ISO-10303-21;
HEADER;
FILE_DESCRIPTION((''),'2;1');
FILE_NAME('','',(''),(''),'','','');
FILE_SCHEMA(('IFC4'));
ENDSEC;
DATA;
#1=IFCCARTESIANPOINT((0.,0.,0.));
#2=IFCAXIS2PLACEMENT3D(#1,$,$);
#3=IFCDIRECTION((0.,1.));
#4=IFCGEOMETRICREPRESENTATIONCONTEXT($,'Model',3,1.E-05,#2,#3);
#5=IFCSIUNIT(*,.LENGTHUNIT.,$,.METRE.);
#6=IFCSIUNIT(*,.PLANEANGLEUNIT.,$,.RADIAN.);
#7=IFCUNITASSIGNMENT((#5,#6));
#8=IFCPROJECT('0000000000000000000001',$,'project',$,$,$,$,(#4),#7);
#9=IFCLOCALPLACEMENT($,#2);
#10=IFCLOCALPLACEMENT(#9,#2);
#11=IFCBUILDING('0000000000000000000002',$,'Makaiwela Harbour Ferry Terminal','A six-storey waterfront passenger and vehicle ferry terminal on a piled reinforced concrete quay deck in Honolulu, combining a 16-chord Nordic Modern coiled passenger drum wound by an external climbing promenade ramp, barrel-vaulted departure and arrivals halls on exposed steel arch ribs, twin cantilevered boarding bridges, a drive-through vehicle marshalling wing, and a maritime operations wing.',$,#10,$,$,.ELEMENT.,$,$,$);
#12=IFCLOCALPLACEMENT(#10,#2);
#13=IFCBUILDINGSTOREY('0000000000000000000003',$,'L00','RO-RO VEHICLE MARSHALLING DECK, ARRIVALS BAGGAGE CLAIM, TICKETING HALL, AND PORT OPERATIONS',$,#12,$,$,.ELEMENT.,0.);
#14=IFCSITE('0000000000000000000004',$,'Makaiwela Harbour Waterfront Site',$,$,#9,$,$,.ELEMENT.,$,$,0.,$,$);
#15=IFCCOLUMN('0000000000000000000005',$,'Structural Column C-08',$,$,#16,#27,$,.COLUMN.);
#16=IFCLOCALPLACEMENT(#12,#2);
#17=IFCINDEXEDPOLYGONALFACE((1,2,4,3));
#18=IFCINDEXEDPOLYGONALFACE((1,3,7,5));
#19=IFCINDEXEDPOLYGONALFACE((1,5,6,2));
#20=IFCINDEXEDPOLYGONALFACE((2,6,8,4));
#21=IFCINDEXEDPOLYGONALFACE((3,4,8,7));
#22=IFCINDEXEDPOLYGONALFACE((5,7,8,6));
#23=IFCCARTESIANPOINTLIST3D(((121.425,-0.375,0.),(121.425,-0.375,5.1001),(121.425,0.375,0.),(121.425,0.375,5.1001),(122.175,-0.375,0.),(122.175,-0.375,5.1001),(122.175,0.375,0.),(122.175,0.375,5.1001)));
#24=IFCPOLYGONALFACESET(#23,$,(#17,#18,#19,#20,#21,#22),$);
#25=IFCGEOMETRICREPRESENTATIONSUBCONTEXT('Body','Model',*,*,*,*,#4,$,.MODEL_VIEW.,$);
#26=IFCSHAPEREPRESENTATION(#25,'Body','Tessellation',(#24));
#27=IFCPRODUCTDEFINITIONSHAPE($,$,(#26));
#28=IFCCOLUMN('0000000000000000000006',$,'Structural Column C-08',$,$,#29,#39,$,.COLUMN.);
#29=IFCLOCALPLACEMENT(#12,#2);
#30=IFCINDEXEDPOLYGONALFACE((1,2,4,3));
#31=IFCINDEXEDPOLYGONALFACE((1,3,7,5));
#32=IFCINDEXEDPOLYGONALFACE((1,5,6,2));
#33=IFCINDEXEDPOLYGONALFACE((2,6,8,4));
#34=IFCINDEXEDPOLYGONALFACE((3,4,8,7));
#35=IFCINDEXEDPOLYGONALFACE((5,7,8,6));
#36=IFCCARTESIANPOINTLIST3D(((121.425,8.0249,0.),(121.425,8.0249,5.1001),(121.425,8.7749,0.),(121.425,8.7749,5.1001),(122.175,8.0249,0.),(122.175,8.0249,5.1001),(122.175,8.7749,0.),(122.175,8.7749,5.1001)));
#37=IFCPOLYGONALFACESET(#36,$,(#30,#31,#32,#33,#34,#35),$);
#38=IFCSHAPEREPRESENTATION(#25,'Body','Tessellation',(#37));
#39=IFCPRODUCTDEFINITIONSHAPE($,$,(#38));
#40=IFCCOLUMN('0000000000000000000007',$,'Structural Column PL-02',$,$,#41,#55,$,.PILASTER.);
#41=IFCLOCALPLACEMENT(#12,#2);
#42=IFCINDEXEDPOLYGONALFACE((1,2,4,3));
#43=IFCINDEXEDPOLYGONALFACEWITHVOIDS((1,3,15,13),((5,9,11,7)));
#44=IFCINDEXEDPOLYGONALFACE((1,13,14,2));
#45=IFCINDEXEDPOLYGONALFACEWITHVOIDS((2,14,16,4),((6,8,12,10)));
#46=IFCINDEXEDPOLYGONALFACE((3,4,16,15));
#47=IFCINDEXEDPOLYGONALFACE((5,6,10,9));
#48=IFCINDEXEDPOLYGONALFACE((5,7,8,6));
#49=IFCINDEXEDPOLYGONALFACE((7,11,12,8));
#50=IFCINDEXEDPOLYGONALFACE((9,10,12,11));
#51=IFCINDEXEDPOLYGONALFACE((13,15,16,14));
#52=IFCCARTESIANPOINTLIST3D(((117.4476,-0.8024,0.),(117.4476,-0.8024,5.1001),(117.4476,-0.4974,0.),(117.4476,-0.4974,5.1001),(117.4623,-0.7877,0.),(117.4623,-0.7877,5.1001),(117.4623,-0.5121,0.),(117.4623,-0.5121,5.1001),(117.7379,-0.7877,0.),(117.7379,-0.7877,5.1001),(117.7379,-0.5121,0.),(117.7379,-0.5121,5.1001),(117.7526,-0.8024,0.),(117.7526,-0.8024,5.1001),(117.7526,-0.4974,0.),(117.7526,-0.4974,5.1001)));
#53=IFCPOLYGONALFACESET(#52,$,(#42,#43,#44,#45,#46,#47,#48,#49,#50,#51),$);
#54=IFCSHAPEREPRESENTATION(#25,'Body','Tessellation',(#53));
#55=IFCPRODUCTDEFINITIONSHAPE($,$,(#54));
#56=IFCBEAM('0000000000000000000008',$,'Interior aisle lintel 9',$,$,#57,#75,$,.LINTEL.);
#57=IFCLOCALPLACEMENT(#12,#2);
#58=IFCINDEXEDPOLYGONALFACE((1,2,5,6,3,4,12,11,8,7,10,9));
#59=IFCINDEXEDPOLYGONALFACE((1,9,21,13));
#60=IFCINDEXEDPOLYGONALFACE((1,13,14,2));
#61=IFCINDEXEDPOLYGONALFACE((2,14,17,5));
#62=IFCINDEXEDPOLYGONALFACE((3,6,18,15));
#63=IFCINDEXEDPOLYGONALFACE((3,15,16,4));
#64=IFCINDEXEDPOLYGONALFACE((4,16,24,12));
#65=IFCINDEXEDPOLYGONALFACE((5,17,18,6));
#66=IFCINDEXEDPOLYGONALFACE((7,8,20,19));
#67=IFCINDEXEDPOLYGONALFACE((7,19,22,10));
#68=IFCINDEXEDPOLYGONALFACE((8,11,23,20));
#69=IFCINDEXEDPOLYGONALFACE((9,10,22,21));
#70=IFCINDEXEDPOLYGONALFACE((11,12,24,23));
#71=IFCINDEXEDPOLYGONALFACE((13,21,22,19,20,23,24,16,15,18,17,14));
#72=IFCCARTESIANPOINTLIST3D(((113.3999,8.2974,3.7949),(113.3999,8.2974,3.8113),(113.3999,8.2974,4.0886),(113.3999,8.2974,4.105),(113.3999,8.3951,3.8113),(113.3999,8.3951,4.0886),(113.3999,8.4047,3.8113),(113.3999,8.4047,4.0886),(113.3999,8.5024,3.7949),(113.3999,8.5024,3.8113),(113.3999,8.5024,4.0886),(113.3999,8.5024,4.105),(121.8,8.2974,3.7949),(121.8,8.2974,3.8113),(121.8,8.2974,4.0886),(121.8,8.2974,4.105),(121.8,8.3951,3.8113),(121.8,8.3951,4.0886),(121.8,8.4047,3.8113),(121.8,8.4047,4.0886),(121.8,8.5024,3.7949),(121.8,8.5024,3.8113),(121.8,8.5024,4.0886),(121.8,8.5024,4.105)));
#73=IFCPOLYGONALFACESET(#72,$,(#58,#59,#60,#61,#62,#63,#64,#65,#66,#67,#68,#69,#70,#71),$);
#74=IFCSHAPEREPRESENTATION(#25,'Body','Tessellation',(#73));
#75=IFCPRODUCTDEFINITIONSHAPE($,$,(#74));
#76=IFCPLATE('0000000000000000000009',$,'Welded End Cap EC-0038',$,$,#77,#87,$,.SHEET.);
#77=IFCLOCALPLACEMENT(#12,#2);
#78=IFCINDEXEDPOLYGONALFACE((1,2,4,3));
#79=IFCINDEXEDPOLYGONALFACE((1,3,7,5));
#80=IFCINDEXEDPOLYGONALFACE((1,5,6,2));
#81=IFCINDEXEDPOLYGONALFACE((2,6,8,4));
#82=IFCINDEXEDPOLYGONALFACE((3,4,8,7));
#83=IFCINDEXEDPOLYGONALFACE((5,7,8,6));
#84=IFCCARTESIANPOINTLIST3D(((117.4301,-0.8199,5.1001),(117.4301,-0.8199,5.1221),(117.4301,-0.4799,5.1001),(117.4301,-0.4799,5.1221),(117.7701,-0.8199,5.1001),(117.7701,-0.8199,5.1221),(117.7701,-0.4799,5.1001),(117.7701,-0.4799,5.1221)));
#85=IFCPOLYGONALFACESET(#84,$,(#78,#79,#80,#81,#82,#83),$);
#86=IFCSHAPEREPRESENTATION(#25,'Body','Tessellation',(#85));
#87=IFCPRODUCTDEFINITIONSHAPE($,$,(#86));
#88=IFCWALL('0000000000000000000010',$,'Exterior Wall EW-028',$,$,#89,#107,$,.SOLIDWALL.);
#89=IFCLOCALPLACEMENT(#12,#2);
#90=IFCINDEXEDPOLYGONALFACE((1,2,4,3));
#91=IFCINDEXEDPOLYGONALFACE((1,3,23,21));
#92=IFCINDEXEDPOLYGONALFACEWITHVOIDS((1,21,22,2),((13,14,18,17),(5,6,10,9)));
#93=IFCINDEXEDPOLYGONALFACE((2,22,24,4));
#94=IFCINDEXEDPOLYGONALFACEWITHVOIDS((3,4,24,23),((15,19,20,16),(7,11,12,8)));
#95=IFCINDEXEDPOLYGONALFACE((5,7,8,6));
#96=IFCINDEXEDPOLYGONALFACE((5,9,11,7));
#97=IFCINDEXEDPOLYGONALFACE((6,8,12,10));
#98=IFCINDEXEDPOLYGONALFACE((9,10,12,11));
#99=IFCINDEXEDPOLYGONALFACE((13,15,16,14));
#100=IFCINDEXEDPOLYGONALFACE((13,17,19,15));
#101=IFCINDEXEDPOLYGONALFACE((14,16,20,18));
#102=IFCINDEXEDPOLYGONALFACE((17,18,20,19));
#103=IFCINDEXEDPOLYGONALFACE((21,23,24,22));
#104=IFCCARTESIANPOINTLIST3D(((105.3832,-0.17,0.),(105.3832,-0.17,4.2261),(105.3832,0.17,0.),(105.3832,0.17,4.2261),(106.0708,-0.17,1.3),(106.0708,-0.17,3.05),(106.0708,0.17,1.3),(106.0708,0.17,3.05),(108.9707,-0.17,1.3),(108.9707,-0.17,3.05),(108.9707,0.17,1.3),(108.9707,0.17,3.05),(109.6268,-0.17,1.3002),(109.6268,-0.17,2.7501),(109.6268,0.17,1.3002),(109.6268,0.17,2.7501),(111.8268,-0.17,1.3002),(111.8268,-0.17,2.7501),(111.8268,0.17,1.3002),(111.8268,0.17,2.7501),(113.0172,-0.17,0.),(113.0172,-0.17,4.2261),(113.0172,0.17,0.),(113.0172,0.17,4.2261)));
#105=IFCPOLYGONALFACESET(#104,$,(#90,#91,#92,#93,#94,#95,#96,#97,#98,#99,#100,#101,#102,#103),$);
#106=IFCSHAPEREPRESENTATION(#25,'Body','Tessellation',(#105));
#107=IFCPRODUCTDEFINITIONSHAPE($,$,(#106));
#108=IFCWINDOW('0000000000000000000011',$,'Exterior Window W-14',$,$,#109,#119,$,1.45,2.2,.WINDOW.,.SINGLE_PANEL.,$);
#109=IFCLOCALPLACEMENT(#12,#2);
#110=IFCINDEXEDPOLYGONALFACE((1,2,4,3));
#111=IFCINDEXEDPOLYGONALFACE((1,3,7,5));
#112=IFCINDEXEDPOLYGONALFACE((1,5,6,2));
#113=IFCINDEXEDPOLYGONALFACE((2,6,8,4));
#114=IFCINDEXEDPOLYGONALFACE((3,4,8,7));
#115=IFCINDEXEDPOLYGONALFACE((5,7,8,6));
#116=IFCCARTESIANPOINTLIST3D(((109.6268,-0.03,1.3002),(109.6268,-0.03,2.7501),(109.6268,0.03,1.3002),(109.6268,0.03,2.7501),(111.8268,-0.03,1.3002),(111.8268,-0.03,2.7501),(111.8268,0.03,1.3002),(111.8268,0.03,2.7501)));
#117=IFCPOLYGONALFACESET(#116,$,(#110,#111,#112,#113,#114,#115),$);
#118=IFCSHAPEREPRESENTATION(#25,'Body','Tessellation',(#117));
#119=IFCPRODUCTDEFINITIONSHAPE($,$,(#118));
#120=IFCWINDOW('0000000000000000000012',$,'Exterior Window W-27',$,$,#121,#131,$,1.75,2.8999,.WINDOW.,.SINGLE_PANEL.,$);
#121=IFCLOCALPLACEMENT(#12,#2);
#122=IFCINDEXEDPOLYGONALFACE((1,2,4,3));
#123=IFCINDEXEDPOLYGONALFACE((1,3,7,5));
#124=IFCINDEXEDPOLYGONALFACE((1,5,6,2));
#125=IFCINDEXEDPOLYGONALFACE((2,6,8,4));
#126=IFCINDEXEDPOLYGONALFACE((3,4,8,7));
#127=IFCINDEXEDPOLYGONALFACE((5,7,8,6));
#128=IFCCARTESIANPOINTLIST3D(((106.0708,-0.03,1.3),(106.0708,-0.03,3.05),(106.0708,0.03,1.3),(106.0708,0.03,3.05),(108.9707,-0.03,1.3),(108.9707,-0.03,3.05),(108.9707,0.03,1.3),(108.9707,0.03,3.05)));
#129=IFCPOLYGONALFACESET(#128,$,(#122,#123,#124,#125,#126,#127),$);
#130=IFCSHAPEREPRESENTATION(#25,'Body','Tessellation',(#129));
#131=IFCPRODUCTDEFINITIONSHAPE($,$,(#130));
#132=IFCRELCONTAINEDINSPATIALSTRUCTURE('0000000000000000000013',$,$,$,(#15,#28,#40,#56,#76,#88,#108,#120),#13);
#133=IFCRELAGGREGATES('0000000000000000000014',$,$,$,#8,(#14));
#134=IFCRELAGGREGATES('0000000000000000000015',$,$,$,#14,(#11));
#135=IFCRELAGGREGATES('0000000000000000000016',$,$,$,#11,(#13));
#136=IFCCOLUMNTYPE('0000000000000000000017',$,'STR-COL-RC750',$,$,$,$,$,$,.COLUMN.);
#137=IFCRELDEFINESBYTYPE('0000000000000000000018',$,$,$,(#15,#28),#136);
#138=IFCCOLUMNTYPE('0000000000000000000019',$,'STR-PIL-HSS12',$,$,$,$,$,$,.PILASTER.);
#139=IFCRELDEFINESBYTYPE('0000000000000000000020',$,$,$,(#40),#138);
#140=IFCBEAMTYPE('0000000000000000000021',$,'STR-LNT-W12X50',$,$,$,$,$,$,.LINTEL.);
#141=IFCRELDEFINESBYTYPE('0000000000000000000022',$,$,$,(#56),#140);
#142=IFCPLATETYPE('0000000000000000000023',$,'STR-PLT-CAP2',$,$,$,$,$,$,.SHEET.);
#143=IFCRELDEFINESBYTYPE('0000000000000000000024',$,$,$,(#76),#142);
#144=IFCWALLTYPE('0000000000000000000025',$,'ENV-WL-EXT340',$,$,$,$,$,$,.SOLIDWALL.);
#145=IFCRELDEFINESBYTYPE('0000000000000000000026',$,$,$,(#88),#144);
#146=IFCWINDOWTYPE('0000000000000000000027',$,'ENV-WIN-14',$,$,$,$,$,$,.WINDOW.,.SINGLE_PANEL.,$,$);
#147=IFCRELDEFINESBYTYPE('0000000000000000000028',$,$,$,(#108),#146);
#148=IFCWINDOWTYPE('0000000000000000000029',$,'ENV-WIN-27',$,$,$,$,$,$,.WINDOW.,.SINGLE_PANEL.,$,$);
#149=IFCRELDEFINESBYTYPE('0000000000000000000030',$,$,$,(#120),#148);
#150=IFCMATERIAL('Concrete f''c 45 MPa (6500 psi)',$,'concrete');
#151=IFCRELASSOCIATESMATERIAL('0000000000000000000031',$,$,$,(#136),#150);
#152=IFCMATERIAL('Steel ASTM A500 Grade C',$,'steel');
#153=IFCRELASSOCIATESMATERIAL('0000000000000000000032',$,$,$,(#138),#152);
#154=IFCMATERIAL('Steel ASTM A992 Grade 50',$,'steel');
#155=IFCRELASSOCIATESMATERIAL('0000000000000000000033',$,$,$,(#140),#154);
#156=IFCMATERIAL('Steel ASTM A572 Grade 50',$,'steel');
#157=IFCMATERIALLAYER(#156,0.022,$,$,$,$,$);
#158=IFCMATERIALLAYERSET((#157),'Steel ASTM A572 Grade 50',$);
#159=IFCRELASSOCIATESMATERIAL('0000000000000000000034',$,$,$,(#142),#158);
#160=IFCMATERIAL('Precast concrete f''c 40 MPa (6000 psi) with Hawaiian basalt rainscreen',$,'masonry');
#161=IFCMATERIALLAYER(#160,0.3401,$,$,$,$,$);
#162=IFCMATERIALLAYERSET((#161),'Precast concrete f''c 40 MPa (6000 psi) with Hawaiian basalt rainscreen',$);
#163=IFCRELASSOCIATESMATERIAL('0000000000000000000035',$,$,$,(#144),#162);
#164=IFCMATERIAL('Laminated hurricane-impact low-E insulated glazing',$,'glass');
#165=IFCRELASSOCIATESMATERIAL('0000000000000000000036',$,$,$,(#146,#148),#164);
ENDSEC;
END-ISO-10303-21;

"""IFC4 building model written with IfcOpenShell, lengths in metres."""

from ifc_helpers import new_model, si_unit, direction, frame, frame_2d, origin, origin_2d, place, context, subcontext, project, spatial, rectangle, hollow_rectangle, i_section, extrude, material, layer, layer_set, material_profile, profile_set, type_object, element, fill, save


model = new_model("IFC4")

# Units and contexts
model_context = context("Model", 3, precision=1e-05, world=origin(), true_north=direction((0.0, 1.0)))
body_context = subcontext(model_context, "Body", "Model", "MODEL_VIEW")
ifc_project = project(units=[si_unit("LENGTHUNIT", "METRE"), si_unit("PLANEANGLEUNIT", "RADIAN")], contexts=[model_context])

# Site, building, storey
site_placement = place(None, origin())
site = spatial("IfcSite", under=ifc_project, at=site_placement, Name="Makaiwela Harbour Waterfront Site", CompositionType="ELEMENT", RefElevation=0.0)
building_placement = place(site_placement, origin())
building = spatial("IfcBuilding", under=site, at=building_placement, Name="Makaiwela Harbour Ferry Terminal", Description="A six-storey waterfront passenger and vehicle ferry terminal on a piled reinforced concrete quay deck in Honolulu, combining a 16-chord Nordic Modern coiled passenger drum wound by an external climbing promenade ramp, barrel-vaulted departure and arrivals halls on exposed steel arch ribs, twin cantilevered boarding bridges, a drive-through vehicle marshalling wing, and a maritime operations wing.", CompositionType="ELEMENT")
storey_placement = place(building_placement, origin())
storey = spatial("IfcBuildingStorey", under=building, at=storey_placement, Name="L00", Description="RO-RO VEHICLE MARSHALLING DECK, ARRIVALS BAGGAGE CLAIM, TICKETING HALL, AND PORT OPERATIONS", CompositionType="ELEMENT", Elevation=0.0)

# Shared definitions
ifc_material_1 = material(Name="Concrete f'c 45 MPa (6500 psi)", Category="concrete")

# Columns
ifc_material_profile_1 = material_profile(ifc_material_1, rectangle(XDim=0.75, YDim=0.75, at=origin_2d()), Name="RC-750X750")
ifc_profile_set_1 = profile_set([ifc_material_profile_1], Name="Concrete f'c 45 MPa (6500 psi)")
column_type_1 = type_object("IfcColumnType", Name="STR-COL-RC750", PredefinedType="COLUMN", material=ifc_profile_set_1)
for number, where, z_axis, x_axis, name in (
    (1, (121.8, 0.0, 0.0), (0.0, 0.0, 1.0), (1.0, 0.0, 0.0), "Structural Column C-08"),
    (2, (121.8, 8.3999, 0.0), (0.0, 0.0, 1.0), (1.0, 0.0, 0.0), "Structural Column C-08"),
):
    element("IfcColumn", number, at=place(storey_placement, frame(where, z_axis=z_axis, x_axis=x_axis)), inside=storey, type_object=column_type_1, Name=name, PredefinedType="COLUMN", context=body_context, shape_type="SweptSolid", body=[
        extrude(rectangle(XDim=0.75, YDim=0.75, at=origin_2d()), origin(), (0.0, 0.0, 1.0), 5.1001),
    ])
ifc_material_2 = material(Name="Steel ASTM A500 Grade C", Category="steel")
ifc_material_profile_2 = material_profile(ifc_material_2, hollow_rectangle(XDim=0.3049, YDim=0.3049, WallThickness=0.0146, at=origin_2d()), Name="HSS12X12X5/8")
ifc_profile_set_2 = profile_set([ifc_material_profile_2], Name="Steel ASTM A500 Grade C")
column_type_2 = type_object("IfcColumnType", Name="STR-PIL-HSS12", PredefinedType="PILASTER", material=ifc_profile_set_2)
column_placement = place(storey_placement, frame((117.6001, -0.6499, 0.0), z_axis=(0.0, 0.0, 1.0), x_axis=(1.0, 0.0, 0.0)))
element("IfcColumn", 3, at=column_placement, inside=storey, type_object=column_type_2, Name="Structural Column PL-02", PredefinedType="PILASTER", context=body_context, shape_type="SweptSolid", body=[
    extrude(hollow_rectangle(XDim=0.3049, YDim=0.3049, WallThickness=0.0146, at=origin_2d()), origin(), (0.0, 0.0, 1.0), 5.1001),
])

# Beam
ifc_material_3 = material(Name="Steel ASTM A992 Grade 50", Category="steel")
ifc_material_profile_3 = material_profile(ifc_material_3, i_section(OverallWidth=0.2051, OverallDepth=0.3101, WebThickness=0.0095, FlangeThickness=0.0164, at=origin_2d()), Name="W12X50")
ifc_profile_set_3 = profile_set([ifc_material_profile_3], Name="Steel ASTM A992 Grade 50")
beam_type = type_object("IfcBeamType", Name="STR-LNT-W12X50", PredefinedType="LINTEL", material=ifc_profile_set_3)
beam_placement = place(storey_placement, frame((113.3999, 8.3999, 3.95), z_axis=(1.0, 0.0, 0.0), x_axis=(0.0, 1.0, 0.0)))
element("IfcBeam", 4, at=beam_placement, inside=storey, type_object=beam_type, Name="Interior aisle lintel 9", PredefinedType="LINTEL", context=body_context, shape_type="SweptSolid", body=[
    extrude(i_section(OverallWidth=0.2051, OverallDepth=0.3101, WebThickness=0.0095, FlangeThickness=0.0164, at=origin_2d()), origin(), (0.0, 0.0, 1.0), 8.4001),
])

# Plate
ifc_material_4 = material(Name="Steel ASTM A572 Grade 50", Category="steel")
ifc_layer_1 = layer(ifc_material_4, 0.022)
ifc_layer_set_1 = layer_set([ifc_layer_1], Name="Steel ASTM A572 Grade 50")
plate_type = type_object("IfcPlateType", Name="STR-PLT-CAP2", PredefinedType="SHEET", material=ifc_layer_set_1)
plate_placement = place(storey_placement, frame((117.6001, -0.6499, 5.1001), z_axis=(0.0, 0.0, 1.0), x_axis=(1.0, 0.0, 0.0)))
element("IfcPlate", 5, at=plate_placement, inside=storey, type_object=plate_type, Name="Welded End Cap EC-0038", PredefinedType="SHEET", context=body_context, shape_type="SweptSolid", body=[
    extrude(rectangle(XDim=0.3401, YDim=0.3401, at=origin_2d()), origin(), (0.0, 0.0, 1.0), 0.022),
])

# Wall, openings, windows
ifc_material_5 = material(Name="Precast concrete f'c 40 MPa (6000 psi) with Hawaiian basalt rainscreen", Category="masonry")
ifc_layer_2 = layer(ifc_material_5, 0.3401)
ifc_layer_set_2 = layer_set([ifc_layer_2], Name="Precast concrete f'c 40 MPa (6000 psi) with Hawaiian basalt rainscreen")
wall_type_1 = type_object("IfcWallType", Name="ENV-WL-EXT340", PredefinedType="SOLIDWALL", material=ifc_layer_set_2)
wall_1_placement = place(storey_placement, frame((113.0171, 0.0, 0.0), z_axis=(0.0, 0.0, 1.0), x_axis=(-1.0, 0.0, 0.0)))
wall_1 = element("IfcWall", 6, at=wall_1_placement, inside=storey, type_object=wall_type_1, Name="Exterior Wall EW-028", PredefinedType="SOLIDWALL", context=body_context, shape_type="SweptSolid", body=[
    extrude(rectangle(XDim=7.634, YDim=0.3401, at=frame_2d((3.8169, 0.0))), origin(), (0.0, 0.0, 1.0), 4.2261),
])
opening_1_placement = place(wall_1_placement, frame((1.1902, 0.0, 1.3)))
opening_1 = element("IfcOpeningElement", 7, at=opening_1_placement, cuts=wall_1, PredefinedType="OPENING", context=body_context, shape_type="SweptSolid", body=[
    extrude(rectangle(XDim=2.2, YDim=1.45, at=frame_2d((1.1001, 0.7251))), frame((0.0, 0.1799, 0.0), z_axis=(0.0, -1.0, 0.0), x_axis=(1.0, 0.0, 0.0)), (0.0, 0.0, 1.0), 0.3601),
])
opening_2_placement = place(wall_1_placement, frame((4.0464, 0.0, 1.3)))
opening_2 = element("IfcOpeningElement", 8, at=opening_2_placement, cuts=wall_1, PredefinedType="OPENING", context=body_context, shape_type="SweptSolid", body=[
    extrude(rectangle(XDim=2.8999, YDim=1.75, at=frame_2d((1.45, 0.875))), frame((0.0, 0.1799, 0.0), z_axis=(0.0, -1.0, 0.0), x_axis=(1.0, 0.0, 0.0)), (0.0, 0.0, 1.0), 0.3601),
])
ifc_material_6 = material(Name="Laminated hurricane-impact low-E insulated glazing", Category="glass")
window_type_1 = type_object("IfcWindowType", Name="ENV-WIN-14", PartitioningType="SINGLE_PANEL", PredefinedType="WINDOW", material=ifc_material_6)
window_1_placement = place(opening_1_placement, origin())
window_1 = element("IfcWindow", 9, at=window_1_placement, inside=storey, type_object=window_type_1, Name="Exterior Window W-14", OverallHeight=1.45, OverallWidth=2.2, PartitioningType="SINGLE_PANEL", PredefinedType="WINDOW", context=body_context, shape_type="SweptSolid", body=[
    extrude(rectangle(XDim=2.2, YDim=1.45, at=frame_2d((1.1001, 0.7251))), frame((0.0, 0.03, 0.0), z_axis=(0.0, -1.0, 0.0), x_axis=(1.0, 0.0, 0.0)), (0.0, 0.0, 1.0), 0.0601),
])
fill(opening_1, window_1)
window_type_2 = type_object("IfcWindowType", Name="ENV-WIN-27", PartitioningType="SINGLE_PANEL", PredefinedType="WINDOW", material=ifc_material_6)
window_2_placement = place(opening_2_placement, origin())
window_2 = element("IfcWindow", 10, at=window_2_placement, inside=storey, type_object=window_type_2, Name="Exterior Window W-27", OverallHeight=1.75, OverallWidth=2.8999, PartitioningType="SINGLE_PANEL", PredefinedType="WINDOW", context=body_context, shape_type="SweptSolid", body=[
    extrude(rectangle(XDim=2.8999, YDim=1.75, at=frame_2d((1.45, 0.875))), frame((0.0, 0.03, 0.0), z_axis=(0.0, -1.0, 0.0), x_axis=(1.0, 0.0, 0.0)), (0.0, 0.0, 1.0), 0.0601),
])
fill(opening_2, window_2)

save(model, "model.ifc")
